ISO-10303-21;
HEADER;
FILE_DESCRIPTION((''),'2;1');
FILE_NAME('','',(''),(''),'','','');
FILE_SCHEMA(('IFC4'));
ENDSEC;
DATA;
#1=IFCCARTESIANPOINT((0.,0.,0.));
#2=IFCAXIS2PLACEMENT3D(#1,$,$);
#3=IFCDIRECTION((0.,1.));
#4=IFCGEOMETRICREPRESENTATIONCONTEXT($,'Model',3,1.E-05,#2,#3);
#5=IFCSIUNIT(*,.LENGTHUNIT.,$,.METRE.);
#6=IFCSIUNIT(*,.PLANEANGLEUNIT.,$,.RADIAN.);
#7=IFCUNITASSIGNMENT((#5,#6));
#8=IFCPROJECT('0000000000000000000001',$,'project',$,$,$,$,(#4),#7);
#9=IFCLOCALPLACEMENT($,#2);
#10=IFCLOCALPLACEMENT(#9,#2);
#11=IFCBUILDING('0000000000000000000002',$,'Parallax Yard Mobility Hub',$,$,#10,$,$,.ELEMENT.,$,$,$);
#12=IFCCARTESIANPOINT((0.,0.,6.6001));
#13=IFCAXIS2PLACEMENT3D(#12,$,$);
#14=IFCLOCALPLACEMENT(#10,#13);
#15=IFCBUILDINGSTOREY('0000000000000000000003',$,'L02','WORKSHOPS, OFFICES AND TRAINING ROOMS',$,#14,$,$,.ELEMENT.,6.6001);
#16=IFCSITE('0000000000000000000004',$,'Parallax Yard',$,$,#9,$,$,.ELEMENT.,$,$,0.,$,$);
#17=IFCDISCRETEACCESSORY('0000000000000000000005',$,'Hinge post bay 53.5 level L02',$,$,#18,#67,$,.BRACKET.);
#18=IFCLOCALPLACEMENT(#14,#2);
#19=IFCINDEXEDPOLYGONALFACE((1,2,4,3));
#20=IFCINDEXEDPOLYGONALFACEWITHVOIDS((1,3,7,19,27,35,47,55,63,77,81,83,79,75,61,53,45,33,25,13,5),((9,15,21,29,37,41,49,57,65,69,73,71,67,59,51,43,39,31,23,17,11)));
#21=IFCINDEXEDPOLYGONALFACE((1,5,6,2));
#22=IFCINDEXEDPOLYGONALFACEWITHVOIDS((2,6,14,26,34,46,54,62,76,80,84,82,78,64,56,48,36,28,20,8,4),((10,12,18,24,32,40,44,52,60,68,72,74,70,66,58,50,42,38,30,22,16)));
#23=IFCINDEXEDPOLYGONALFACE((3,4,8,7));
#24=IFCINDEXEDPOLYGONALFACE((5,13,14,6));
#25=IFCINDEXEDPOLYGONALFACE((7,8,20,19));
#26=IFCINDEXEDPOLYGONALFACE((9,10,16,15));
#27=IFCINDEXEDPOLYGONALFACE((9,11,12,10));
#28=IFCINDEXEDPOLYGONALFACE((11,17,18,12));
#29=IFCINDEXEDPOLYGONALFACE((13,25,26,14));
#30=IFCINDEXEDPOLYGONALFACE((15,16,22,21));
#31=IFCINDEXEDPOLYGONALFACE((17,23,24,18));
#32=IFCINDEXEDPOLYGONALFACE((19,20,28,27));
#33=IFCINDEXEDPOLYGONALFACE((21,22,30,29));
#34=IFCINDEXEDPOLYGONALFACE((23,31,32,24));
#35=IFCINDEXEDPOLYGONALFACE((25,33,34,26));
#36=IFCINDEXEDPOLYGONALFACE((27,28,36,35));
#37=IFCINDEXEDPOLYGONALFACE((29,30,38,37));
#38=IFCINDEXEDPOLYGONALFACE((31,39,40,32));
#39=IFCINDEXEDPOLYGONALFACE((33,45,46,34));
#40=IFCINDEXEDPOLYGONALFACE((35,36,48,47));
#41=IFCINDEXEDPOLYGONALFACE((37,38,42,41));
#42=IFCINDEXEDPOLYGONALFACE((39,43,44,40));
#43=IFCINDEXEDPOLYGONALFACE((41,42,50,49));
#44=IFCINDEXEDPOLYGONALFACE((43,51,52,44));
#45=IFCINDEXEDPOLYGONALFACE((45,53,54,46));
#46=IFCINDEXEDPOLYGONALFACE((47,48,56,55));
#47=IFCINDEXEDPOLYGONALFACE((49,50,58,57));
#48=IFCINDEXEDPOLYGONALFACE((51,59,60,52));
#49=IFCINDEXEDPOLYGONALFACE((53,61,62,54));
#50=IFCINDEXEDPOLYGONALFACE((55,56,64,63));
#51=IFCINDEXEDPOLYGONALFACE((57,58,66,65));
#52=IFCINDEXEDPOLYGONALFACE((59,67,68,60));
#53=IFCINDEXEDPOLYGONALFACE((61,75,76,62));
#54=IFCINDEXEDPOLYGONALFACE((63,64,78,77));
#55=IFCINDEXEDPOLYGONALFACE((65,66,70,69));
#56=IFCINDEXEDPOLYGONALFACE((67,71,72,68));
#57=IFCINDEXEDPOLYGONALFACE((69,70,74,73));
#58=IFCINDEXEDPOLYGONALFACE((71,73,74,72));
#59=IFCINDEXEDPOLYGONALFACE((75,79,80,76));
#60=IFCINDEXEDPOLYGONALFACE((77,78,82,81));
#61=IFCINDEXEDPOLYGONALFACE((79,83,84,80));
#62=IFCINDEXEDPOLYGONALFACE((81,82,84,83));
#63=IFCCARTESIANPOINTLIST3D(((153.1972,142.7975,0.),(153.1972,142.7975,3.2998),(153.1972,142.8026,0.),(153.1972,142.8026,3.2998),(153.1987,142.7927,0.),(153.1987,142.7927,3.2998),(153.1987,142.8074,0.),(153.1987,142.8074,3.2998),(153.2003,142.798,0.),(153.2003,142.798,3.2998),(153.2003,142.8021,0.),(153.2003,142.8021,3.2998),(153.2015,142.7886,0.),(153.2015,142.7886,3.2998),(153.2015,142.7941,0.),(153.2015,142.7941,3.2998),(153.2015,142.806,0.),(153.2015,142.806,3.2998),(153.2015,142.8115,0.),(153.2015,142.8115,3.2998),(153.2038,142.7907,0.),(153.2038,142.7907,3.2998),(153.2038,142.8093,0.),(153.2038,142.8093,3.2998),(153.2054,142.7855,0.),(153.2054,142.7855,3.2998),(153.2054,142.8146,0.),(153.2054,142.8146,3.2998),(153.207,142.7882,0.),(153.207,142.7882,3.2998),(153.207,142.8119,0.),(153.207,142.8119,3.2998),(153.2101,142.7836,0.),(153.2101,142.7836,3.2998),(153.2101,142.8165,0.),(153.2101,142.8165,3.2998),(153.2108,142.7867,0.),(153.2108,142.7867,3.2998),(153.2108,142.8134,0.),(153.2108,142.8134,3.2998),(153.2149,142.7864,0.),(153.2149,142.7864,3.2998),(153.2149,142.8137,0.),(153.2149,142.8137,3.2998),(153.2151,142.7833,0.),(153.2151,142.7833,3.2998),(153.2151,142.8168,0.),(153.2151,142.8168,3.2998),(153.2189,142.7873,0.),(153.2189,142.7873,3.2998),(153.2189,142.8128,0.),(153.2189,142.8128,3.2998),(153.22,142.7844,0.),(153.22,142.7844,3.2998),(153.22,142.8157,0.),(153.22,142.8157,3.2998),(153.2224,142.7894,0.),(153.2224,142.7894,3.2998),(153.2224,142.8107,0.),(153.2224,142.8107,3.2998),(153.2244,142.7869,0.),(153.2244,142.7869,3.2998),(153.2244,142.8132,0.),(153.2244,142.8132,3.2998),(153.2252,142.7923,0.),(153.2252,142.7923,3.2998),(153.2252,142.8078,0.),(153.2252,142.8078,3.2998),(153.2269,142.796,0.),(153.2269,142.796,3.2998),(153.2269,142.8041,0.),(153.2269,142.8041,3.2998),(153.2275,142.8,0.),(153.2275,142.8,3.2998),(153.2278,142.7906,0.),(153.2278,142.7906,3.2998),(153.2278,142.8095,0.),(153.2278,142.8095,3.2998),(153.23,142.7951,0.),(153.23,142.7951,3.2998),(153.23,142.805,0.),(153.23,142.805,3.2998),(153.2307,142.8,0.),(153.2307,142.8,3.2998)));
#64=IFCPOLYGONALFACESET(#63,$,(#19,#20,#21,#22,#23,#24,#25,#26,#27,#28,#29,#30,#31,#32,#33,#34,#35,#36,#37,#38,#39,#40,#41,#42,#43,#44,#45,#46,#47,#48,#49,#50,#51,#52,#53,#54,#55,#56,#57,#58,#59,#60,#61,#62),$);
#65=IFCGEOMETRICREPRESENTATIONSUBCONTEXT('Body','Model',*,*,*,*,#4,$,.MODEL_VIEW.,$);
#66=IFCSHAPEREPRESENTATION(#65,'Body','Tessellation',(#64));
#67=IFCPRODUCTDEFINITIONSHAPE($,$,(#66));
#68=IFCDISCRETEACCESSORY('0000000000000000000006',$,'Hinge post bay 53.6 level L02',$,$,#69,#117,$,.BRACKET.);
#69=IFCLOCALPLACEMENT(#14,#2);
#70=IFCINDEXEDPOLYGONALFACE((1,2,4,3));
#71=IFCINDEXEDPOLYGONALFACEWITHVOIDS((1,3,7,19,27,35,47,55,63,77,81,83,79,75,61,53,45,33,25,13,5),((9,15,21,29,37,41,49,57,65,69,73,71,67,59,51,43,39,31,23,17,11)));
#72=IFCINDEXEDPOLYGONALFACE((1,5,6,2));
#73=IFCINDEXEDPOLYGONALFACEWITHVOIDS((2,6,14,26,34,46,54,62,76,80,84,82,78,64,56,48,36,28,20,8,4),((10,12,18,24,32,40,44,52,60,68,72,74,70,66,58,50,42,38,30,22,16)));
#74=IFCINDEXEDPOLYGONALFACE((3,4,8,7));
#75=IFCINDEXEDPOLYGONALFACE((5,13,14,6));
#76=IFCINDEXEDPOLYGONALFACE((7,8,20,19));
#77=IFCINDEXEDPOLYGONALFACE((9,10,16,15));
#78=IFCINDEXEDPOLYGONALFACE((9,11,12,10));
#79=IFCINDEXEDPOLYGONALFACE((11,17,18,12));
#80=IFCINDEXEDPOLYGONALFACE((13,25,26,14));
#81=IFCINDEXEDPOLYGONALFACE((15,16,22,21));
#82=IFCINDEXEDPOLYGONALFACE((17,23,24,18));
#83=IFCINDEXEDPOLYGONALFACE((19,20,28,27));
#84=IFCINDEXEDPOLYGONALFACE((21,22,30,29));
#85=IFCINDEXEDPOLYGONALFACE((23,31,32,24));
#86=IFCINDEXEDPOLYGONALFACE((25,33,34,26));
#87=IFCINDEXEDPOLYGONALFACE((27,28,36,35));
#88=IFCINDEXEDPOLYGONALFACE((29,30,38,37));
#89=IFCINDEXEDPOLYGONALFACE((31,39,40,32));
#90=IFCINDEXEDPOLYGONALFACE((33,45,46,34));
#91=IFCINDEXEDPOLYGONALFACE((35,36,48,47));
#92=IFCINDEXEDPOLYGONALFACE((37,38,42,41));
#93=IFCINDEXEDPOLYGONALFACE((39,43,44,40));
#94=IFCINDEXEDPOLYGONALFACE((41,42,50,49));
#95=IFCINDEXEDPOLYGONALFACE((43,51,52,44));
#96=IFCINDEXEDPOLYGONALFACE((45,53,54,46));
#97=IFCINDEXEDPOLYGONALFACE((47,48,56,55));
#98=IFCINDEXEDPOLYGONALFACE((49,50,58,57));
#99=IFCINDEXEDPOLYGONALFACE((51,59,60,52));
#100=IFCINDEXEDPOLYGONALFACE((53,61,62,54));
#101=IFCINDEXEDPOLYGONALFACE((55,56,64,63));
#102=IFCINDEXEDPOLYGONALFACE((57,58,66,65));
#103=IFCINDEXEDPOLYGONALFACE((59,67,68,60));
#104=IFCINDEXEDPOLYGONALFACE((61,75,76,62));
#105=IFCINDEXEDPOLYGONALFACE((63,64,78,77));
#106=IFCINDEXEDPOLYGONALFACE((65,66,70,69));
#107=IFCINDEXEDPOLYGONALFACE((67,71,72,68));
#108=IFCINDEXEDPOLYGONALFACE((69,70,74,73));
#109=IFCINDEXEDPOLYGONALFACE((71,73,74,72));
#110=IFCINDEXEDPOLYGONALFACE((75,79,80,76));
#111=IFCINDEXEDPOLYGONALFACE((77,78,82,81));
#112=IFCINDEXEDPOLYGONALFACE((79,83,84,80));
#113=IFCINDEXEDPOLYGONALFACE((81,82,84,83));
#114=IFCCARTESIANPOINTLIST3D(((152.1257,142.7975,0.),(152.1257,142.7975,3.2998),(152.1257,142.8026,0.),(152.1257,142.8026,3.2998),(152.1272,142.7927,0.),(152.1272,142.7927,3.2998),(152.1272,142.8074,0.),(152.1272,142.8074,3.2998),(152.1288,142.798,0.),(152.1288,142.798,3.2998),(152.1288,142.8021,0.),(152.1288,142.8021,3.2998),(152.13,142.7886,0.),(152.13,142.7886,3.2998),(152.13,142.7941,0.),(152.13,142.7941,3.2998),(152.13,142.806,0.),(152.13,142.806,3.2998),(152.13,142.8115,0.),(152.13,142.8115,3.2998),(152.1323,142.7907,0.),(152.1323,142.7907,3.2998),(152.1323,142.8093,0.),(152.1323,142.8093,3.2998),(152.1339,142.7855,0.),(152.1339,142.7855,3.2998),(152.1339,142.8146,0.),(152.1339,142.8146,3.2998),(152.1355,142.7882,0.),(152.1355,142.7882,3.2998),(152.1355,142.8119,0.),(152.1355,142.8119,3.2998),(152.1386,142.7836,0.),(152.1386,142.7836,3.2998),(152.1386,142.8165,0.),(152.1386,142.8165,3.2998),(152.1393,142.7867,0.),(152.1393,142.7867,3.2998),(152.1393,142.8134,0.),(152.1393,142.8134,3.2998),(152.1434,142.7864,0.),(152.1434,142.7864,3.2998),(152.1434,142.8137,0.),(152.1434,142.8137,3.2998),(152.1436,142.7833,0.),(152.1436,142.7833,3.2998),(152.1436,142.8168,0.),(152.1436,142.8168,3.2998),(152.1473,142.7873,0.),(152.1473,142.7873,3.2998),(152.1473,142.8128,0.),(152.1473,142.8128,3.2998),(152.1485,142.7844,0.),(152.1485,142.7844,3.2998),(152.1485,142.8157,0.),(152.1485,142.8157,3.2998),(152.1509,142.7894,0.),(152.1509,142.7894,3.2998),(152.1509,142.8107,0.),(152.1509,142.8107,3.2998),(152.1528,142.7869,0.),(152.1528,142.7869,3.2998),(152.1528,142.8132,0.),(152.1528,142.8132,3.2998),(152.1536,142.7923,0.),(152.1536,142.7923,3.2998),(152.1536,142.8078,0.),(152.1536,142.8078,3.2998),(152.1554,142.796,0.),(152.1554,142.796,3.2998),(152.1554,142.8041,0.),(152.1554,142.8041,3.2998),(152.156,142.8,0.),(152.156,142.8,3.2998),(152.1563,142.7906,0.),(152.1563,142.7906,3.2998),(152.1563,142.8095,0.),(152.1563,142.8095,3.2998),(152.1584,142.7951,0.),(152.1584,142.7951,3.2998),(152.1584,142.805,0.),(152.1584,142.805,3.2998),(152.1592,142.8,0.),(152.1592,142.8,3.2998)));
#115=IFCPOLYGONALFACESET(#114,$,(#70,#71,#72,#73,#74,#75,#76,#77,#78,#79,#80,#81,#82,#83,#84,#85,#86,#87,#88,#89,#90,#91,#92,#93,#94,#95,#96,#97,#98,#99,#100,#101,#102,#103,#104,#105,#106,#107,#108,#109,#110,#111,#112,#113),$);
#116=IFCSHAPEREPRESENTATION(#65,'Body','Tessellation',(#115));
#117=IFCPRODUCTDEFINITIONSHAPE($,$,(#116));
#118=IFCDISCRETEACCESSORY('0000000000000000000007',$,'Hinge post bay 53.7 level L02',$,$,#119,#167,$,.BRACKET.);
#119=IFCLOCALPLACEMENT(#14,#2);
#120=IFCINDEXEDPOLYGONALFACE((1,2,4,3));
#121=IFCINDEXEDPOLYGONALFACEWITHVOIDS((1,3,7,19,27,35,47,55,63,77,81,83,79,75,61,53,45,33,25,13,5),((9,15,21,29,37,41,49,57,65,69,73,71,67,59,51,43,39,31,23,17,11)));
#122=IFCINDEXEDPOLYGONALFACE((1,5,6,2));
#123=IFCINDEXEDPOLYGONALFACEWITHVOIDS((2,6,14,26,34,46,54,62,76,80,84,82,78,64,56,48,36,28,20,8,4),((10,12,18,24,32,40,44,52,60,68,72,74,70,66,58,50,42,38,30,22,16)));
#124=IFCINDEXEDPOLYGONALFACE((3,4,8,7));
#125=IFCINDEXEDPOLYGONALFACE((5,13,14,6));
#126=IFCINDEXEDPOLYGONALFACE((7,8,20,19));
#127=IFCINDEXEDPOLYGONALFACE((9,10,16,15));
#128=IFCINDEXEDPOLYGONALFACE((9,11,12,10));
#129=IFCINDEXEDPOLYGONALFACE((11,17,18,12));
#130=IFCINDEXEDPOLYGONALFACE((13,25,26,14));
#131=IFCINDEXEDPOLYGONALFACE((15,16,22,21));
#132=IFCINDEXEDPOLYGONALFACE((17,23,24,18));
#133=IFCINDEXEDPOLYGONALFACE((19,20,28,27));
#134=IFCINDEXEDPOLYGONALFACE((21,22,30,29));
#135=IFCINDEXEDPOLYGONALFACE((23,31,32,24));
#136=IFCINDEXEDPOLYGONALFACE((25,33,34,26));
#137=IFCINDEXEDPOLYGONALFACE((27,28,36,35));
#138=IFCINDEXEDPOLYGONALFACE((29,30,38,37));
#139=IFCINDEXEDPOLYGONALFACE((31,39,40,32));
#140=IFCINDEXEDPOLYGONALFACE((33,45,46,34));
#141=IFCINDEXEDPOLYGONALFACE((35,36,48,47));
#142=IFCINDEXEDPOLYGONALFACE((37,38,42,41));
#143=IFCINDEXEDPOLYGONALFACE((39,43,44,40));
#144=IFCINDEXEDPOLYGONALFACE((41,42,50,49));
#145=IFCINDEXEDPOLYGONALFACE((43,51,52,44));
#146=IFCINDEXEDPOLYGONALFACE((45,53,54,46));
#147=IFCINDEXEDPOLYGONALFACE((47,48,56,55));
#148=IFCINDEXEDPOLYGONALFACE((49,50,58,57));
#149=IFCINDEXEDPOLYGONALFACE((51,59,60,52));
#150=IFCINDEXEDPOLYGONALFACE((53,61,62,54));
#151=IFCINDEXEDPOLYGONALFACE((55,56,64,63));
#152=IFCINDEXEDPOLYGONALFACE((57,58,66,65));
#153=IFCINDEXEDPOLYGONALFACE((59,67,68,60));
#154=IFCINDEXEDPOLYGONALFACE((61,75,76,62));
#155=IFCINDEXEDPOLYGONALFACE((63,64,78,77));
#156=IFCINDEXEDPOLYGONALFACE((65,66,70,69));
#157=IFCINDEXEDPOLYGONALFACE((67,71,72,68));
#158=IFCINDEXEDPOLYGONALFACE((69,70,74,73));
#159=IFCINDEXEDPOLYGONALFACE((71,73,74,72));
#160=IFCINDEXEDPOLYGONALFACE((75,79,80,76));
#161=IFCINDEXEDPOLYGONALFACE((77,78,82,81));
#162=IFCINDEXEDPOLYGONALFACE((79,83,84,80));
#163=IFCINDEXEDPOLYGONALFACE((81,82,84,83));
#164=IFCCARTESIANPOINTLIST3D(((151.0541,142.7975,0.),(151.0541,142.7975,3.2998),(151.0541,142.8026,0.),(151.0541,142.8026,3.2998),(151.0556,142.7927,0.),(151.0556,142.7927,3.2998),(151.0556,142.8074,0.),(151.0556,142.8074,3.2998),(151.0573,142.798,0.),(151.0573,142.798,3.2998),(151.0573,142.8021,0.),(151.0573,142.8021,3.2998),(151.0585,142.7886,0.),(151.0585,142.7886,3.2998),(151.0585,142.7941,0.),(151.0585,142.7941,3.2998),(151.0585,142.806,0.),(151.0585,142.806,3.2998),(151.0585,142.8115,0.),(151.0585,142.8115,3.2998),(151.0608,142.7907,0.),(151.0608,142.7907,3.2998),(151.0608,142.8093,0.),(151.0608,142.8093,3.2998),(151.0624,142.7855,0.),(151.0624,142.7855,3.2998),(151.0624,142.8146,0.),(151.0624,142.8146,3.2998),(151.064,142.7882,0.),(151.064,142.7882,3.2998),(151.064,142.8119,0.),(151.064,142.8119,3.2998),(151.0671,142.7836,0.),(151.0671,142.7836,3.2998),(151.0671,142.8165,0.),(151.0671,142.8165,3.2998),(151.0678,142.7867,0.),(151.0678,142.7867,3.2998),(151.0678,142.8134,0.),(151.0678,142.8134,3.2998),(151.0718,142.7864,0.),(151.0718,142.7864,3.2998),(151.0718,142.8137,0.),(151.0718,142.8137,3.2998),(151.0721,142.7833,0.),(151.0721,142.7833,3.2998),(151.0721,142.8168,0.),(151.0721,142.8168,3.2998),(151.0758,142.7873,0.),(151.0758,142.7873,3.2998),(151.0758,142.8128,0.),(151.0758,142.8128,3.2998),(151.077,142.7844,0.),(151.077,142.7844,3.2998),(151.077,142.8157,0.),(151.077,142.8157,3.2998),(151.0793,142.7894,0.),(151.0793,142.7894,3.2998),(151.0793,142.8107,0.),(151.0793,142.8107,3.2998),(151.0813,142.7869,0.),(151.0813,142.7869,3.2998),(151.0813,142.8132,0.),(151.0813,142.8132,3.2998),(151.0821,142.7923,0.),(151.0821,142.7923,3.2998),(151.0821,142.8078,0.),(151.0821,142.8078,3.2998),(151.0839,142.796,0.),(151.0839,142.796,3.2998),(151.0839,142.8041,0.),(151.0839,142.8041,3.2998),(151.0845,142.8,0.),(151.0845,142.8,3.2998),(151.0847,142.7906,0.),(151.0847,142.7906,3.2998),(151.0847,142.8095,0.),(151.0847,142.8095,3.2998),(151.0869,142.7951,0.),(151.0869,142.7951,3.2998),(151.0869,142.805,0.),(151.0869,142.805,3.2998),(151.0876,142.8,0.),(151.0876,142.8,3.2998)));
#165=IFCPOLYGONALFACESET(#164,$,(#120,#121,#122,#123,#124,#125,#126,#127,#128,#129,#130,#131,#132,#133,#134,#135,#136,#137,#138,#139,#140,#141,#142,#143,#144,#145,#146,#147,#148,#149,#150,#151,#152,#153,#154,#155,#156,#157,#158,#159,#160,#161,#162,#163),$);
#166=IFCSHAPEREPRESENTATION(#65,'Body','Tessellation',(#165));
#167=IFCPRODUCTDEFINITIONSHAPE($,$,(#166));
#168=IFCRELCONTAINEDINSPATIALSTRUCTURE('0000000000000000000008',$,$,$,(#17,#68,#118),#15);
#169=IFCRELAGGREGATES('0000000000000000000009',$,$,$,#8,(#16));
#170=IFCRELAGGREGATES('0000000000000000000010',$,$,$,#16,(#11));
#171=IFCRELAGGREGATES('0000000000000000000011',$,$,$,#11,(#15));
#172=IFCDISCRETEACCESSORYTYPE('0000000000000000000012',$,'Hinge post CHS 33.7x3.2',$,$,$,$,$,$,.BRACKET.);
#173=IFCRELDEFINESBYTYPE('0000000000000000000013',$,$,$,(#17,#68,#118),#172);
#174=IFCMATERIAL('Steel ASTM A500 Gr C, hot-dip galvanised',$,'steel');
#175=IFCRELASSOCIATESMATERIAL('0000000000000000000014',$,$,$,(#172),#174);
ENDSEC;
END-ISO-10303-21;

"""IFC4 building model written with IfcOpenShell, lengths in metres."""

from ifc_helpers import new_model, si_unit, direction, frame, origin, origin_2d, place, context, subcontext, project, spatial, hollow_circle, extrude, material, material_profile, profile_set, type_object, element, save


model = new_model("IFC4")

# Units and contexts
model_context = context("Model", 3, precision=1e-05, world=origin(), true_north=direction((0.0, 1.0)))
body_context = subcontext(model_context, "Body", "Model", "MODEL_VIEW")
ifc_project = project(units=[si_unit("LENGTHUNIT", "METRE"), si_unit("PLANEANGLEUNIT", "RADIAN")], contexts=[model_context])

# Site, building, storey
site_placement = place(None, origin())
site = spatial("IfcSite", under=ifc_project, at=site_placement, Name="Parallax Yard", CompositionType="ELEMENT", RefElevation=0.0)
building_placement = place(site_placement, origin())
building = spatial("IfcBuilding", under=site, at=building_placement, Name="Parallax Yard Mobility Hub", CompositionType="ELEMENT")
storey_placement = place(building_placement, frame((0.0, 0.0, 6.6001)))
storey = spatial("IfcBuildingStorey", under=building, at=storey_placement, Name="L02", Description="WORKSHOPS, OFFICES AND TRAINING ROOMS", CompositionType="ELEMENT", Elevation=6.6001)

# Discrete accessories
ifc_material_1 = material(Name="Steel ASTM A500 Gr C, hot-dip galvanised", Category="steel")
ifc_material_profile_1 = material_profile(ifc_material_1, hollow_circle(Radius=0.0168, WallThickness=0.0032, at=origin_2d()), Name="CHS 33.7x3.2")
ifc_profile_set_1 = profile_set([ifc_material_profile_1], Name="Steel ASTM A500 Gr C, hot-dip galvanised")
discrete_accessory_type_1 = type_object("IfcDiscreteAccessoryType", Name="Hinge post CHS 33.7x3.2", PredefinedType="BRACKET", material=ifc_profile_set_1)
for number, where, z_axis, x_axis, name in (
    (1, (153.2139, 142.8, 0.0), (0.0, 0.0, 1.0), (1.0, 0.0, 0.0), "Hinge post bay 53.5 level L02"),
    (2, (152.1423, 142.8, 0.0), (0.0, 0.0, 1.0), (1.0, 0.0, 0.0), "Hinge post bay 53.6 level L02"),
    (3, (151.0708, 142.8, 0.0), (0.0, 0.0, 1.0), (1.0, 0.0, 0.0), "Hinge post bay 53.7 level L02"),
):
    element("IfcDiscreteAccessory", number, at=place(storey_placement, frame(where, z_axis=z_axis, x_axis=x_axis)), inside=storey, type_object=discrete_accessory_type_1, Name=name, PredefinedType="BRACKET", context=body_context, shape_type="SweptSolid", body=[
        extrude(hollow_circle(Radius=0.0168, WallThickness=0.0032, at=origin_2d()), origin(), (0.0, 0.0, 1.0), 3.2998),
    ])

save(model, "model.ifc")
